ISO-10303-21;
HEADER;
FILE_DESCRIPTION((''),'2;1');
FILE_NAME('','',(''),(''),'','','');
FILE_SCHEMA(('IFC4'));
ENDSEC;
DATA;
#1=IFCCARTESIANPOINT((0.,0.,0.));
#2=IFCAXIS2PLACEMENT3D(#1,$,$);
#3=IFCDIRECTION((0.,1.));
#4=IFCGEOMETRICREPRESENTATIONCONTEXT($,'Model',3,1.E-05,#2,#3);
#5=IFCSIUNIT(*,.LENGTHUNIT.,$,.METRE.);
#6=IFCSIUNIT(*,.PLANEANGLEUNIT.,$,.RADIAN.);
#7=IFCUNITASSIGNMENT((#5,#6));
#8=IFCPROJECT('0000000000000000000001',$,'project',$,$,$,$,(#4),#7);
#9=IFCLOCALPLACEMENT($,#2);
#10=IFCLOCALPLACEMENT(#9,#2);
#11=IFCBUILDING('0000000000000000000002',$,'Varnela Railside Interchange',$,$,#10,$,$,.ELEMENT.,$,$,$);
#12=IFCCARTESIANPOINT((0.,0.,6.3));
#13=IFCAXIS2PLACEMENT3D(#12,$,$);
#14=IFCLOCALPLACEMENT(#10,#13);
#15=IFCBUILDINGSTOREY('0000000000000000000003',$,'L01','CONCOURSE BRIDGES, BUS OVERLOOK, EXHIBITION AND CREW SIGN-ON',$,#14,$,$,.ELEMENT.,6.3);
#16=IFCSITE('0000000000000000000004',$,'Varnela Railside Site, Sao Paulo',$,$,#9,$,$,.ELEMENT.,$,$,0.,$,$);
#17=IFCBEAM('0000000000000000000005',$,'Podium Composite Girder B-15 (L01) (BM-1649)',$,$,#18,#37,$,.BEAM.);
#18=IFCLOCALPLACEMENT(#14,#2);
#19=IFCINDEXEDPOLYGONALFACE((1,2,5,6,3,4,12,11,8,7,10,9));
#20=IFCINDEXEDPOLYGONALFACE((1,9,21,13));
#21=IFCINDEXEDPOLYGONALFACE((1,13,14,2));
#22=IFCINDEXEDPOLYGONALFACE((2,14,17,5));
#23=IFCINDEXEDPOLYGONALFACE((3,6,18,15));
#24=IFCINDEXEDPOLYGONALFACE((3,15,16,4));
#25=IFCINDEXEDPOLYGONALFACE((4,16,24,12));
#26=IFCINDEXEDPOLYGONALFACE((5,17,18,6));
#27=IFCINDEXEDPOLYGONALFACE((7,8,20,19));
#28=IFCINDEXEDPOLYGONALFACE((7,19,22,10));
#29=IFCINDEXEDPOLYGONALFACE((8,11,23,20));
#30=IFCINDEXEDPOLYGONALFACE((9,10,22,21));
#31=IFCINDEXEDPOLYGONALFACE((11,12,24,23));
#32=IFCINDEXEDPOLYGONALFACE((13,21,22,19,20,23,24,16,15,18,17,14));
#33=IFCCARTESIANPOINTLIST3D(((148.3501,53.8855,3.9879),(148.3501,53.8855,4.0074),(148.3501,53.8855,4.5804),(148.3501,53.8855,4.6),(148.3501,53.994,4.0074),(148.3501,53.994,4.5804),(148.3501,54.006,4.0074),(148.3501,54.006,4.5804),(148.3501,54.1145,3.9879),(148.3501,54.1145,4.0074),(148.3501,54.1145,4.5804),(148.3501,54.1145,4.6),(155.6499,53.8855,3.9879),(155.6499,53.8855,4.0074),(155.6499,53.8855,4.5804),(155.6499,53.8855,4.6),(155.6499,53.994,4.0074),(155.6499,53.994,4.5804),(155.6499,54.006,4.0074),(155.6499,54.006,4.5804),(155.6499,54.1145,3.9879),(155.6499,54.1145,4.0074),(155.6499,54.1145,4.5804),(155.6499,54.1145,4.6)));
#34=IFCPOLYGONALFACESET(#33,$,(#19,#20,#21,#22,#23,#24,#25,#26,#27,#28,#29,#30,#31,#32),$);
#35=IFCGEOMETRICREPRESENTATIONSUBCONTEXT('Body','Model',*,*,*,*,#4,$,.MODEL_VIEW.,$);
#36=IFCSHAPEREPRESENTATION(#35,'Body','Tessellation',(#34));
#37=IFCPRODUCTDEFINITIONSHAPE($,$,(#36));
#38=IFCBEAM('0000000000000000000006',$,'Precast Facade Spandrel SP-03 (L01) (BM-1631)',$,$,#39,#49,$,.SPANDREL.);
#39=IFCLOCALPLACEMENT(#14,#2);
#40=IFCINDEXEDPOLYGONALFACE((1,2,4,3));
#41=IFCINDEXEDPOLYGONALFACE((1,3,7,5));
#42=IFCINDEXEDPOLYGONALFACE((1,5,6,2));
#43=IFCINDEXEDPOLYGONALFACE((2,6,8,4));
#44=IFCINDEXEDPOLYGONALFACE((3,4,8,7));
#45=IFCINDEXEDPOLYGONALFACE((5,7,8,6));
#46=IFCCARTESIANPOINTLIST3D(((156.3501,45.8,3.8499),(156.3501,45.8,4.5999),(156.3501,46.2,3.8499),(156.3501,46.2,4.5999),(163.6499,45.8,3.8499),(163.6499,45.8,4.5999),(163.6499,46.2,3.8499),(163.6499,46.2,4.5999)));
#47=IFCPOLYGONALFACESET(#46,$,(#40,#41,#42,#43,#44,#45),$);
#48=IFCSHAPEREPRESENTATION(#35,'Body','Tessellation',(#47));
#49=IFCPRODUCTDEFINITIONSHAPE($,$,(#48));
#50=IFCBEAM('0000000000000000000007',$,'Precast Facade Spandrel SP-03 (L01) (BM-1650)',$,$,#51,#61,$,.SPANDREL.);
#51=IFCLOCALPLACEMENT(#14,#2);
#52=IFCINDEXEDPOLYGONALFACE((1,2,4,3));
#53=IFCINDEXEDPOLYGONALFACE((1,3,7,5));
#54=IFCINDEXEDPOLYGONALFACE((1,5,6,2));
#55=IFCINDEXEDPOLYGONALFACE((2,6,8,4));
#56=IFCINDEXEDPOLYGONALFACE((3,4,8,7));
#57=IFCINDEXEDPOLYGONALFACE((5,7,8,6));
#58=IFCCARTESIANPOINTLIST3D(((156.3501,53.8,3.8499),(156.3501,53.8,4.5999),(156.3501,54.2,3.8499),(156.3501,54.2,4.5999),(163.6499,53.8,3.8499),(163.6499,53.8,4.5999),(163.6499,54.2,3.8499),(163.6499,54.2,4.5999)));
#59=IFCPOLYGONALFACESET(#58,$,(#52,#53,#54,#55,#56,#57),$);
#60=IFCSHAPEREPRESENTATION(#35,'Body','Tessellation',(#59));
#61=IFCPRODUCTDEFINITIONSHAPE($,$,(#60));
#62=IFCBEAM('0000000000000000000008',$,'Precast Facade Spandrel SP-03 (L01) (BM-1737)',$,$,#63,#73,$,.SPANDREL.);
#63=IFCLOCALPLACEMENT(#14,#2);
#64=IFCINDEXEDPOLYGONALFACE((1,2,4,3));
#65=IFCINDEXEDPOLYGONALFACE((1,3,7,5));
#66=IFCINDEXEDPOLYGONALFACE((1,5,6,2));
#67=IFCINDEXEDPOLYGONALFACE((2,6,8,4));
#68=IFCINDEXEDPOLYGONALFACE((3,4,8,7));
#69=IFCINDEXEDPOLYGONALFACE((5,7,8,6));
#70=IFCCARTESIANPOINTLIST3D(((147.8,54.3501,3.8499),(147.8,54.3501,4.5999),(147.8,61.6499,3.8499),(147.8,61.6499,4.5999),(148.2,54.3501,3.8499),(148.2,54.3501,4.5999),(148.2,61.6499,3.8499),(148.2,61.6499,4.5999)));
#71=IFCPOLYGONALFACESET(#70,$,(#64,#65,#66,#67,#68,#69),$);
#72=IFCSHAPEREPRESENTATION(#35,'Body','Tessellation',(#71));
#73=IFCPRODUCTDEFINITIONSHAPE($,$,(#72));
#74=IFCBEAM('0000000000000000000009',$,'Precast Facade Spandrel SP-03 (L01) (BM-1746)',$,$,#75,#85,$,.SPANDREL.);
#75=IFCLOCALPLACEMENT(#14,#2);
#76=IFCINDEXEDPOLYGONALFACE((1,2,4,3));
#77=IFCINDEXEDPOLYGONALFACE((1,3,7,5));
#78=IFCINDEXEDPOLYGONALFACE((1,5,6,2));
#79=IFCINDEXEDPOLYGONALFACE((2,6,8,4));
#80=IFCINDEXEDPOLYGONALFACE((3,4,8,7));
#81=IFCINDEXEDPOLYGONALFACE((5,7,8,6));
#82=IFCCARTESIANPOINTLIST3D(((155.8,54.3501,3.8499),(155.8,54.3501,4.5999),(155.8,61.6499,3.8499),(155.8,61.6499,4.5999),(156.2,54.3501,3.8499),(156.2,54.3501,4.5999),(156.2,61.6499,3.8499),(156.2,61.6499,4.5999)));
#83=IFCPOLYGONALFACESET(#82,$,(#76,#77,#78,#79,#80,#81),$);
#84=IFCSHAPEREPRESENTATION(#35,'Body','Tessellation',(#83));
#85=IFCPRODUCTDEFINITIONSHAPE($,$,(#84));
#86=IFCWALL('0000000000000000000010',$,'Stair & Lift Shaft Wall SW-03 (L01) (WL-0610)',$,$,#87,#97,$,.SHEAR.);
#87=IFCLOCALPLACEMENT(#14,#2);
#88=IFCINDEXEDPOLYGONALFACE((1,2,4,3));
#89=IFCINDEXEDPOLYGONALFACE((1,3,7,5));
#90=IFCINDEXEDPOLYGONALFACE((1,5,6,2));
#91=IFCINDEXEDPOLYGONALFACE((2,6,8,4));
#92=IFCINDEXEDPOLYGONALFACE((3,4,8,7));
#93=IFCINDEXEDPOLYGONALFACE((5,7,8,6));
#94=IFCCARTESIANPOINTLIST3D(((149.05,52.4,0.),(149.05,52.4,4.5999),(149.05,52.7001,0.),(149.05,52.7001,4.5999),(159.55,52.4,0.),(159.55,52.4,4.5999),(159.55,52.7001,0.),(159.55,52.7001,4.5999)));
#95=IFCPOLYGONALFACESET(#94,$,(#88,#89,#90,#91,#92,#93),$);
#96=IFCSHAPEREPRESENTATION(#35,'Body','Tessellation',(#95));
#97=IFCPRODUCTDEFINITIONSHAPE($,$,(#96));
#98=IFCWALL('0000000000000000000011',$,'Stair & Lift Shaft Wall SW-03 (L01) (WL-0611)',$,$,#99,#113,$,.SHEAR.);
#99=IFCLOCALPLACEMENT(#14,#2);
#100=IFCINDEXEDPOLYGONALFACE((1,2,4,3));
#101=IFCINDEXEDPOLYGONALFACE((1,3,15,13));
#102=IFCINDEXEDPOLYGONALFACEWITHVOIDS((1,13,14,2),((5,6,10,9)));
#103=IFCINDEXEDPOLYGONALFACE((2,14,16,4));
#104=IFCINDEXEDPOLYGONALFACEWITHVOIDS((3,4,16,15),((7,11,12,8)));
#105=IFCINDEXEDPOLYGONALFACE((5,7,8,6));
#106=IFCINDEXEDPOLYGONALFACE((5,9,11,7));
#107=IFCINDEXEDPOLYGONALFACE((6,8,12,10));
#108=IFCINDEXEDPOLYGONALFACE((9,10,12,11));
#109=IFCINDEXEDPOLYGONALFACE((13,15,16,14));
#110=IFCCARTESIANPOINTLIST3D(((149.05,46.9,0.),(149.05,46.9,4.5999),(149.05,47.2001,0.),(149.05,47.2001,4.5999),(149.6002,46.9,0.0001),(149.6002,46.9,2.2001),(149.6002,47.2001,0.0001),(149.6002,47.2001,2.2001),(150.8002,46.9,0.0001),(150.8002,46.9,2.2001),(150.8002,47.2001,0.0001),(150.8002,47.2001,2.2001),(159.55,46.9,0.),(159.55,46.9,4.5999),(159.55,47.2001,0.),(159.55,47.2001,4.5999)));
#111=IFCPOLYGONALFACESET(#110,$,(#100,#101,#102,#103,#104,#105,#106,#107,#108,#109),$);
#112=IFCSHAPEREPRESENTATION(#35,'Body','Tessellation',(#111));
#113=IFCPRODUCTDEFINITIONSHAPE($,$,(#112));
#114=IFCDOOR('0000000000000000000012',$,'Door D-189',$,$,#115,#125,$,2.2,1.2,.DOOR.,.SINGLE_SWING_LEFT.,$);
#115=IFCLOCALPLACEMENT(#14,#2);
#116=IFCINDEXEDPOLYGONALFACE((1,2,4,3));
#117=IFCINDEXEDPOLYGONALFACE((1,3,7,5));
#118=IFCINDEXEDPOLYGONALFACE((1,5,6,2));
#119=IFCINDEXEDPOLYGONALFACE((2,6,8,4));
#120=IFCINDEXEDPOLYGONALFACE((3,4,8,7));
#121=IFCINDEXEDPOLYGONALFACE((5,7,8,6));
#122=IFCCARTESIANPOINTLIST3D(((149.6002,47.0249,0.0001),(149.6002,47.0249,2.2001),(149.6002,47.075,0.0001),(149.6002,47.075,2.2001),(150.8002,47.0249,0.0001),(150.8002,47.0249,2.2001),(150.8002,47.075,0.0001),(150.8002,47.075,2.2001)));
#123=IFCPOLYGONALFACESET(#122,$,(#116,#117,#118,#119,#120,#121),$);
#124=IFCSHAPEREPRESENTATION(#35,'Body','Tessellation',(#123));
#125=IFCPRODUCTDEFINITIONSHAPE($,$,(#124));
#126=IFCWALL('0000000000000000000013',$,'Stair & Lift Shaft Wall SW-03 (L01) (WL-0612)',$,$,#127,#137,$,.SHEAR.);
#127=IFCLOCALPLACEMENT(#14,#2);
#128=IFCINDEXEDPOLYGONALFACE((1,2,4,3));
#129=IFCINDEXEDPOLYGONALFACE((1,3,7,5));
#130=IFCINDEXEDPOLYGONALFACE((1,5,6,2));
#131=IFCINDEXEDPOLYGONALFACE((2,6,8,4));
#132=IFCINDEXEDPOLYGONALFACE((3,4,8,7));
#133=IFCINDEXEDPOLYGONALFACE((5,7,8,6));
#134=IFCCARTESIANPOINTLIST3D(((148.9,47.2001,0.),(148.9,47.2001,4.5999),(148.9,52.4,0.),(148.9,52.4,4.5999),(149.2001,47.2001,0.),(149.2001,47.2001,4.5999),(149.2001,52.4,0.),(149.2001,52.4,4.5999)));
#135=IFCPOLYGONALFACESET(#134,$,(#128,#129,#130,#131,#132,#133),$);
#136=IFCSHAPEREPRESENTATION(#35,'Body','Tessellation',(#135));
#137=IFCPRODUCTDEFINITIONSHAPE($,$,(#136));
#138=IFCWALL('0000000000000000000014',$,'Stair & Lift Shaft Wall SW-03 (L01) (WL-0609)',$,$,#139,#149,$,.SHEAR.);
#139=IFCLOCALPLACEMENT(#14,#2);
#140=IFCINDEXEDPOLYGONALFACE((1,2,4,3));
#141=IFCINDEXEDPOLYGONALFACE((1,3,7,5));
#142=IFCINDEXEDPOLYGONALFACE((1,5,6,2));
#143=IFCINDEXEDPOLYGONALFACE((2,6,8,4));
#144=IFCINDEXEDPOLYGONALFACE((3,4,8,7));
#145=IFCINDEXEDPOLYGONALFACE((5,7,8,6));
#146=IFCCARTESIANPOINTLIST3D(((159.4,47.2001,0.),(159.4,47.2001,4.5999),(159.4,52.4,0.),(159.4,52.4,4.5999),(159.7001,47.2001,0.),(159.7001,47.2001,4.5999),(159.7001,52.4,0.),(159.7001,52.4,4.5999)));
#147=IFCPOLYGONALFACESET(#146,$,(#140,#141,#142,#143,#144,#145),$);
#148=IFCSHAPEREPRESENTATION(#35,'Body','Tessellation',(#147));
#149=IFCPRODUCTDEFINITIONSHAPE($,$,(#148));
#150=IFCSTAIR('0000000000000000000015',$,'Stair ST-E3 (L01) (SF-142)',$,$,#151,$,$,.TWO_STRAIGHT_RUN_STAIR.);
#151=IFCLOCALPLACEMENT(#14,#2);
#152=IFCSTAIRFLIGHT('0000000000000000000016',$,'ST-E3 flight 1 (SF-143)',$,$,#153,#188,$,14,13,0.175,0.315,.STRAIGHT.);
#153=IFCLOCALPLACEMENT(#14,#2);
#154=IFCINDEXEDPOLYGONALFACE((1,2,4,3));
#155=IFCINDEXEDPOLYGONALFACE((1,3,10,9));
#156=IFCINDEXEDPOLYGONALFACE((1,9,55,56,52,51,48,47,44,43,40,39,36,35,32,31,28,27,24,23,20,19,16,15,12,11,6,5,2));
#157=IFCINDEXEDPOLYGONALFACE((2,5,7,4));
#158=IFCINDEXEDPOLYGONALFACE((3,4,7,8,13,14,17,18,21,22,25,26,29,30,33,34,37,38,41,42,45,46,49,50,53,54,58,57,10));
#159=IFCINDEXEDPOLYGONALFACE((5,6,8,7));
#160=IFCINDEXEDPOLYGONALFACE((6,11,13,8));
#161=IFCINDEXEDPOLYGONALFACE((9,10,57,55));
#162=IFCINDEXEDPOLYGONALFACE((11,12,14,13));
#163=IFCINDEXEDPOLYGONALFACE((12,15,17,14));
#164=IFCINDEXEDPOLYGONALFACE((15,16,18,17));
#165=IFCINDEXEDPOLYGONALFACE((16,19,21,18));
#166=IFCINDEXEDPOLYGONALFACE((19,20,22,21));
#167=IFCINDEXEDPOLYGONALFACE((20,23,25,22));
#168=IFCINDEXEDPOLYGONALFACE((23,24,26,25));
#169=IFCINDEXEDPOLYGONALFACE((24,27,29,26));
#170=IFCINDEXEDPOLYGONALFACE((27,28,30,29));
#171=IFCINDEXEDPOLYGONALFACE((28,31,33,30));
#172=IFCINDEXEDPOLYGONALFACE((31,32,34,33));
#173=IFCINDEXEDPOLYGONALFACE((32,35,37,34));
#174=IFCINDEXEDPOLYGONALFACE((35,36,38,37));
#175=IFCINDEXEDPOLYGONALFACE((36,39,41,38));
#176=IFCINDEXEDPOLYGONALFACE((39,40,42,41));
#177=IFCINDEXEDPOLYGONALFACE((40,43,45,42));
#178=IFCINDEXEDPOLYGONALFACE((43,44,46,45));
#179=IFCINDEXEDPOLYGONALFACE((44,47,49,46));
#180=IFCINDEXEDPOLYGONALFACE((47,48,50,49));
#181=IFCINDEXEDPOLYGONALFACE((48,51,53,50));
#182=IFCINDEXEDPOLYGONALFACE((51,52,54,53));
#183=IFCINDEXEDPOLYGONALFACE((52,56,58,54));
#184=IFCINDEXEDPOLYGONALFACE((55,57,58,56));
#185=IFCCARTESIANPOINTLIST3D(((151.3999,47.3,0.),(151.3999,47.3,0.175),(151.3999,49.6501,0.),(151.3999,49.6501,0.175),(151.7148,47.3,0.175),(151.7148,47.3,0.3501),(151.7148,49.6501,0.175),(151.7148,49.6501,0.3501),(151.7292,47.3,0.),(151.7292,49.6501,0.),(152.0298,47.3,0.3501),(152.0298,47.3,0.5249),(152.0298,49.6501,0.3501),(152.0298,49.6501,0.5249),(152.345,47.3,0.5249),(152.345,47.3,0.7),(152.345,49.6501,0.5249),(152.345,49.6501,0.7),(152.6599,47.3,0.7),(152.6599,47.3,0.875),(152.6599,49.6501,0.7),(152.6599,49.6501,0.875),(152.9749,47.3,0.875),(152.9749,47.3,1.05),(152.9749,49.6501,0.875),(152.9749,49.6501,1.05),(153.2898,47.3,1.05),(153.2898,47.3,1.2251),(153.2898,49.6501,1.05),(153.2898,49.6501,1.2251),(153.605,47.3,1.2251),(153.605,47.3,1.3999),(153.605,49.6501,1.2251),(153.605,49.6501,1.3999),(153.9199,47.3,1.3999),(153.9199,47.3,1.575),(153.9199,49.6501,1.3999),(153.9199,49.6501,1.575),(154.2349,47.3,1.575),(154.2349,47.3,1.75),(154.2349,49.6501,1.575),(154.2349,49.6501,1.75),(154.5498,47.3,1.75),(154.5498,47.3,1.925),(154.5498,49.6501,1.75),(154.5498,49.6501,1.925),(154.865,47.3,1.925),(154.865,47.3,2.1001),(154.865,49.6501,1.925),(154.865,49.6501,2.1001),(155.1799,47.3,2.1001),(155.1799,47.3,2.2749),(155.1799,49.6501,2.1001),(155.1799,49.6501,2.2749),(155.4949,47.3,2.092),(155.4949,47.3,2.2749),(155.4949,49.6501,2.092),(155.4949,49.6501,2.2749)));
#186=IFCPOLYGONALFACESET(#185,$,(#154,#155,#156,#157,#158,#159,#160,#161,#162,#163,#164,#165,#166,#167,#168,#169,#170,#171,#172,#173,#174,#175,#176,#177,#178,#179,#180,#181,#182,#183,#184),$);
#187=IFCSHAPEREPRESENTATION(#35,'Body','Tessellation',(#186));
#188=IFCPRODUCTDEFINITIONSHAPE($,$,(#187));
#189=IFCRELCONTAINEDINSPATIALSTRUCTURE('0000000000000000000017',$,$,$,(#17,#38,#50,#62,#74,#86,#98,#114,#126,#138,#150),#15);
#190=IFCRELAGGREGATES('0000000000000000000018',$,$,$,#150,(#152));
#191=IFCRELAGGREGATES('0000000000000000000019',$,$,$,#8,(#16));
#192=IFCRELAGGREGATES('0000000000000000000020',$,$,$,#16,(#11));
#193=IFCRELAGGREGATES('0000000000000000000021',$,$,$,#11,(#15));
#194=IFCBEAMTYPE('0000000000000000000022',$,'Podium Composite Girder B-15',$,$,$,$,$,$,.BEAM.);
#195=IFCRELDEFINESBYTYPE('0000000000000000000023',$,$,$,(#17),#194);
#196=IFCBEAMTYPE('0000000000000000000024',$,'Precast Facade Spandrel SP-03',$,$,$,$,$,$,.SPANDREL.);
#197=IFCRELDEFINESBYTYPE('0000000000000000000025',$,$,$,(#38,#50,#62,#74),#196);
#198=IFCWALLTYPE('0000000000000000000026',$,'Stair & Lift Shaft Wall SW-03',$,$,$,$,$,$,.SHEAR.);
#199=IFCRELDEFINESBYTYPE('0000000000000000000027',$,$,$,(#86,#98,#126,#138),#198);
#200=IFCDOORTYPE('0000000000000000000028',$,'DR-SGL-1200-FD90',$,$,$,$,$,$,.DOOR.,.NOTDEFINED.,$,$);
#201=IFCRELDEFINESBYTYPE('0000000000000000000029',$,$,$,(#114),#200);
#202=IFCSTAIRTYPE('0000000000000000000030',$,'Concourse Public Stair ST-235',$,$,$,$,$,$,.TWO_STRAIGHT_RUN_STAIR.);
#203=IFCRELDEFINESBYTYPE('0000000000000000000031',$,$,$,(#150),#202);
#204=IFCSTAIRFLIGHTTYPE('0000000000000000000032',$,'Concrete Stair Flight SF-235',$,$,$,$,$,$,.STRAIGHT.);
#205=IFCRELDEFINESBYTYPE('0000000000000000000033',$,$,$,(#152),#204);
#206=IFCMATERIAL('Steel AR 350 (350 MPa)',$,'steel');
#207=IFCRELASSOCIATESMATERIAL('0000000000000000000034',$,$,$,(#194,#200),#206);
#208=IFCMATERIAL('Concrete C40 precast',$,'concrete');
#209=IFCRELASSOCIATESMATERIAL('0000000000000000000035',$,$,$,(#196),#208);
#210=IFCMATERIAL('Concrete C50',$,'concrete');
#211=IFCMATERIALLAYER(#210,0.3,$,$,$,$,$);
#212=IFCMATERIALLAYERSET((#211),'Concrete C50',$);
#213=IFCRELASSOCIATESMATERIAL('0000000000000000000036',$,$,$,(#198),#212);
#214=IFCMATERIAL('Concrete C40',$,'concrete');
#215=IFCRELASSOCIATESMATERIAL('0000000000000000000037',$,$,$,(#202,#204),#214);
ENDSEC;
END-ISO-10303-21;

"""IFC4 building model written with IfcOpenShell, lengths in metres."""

from ifc_helpers import new_model, si_unit, direction, frame, frame_2d, origin, origin_2d, place, context, subcontext, project, spatial, polyline, rectangle, i_section, outline, extrude, material, layer, layer_set, material_profile, profile_set, type_object, element, fill, aggregate, save


model = new_model("IFC4")

# Units and contexts
model_context = context("Model", 3, precision=1e-05, world=origin(), true_north=direction((0.0, 1.0)))
body_context = subcontext(model_context, "Body", "Model", "MODEL_VIEW")
ifc_project = project(units=[si_unit("LENGTHUNIT", "METRE"), si_unit("PLANEANGLEUNIT", "RADIAN")], contexts=[model_context])

# Site, building, storey
site_placement = place(None, origin())
site = spatial("IfcSite", under=ifc_project, at=site_placement, Name="Varnela Railside Site, Sao Paulo", CompositionType="ELEMENT", RefElevation=0.0)
building_placement = place(site_placement, origin())
building = spatial("IfcBuilding", under=site, at=building_placement, Name="Varnela Railside Interchange", CompositionType="ELEMENT")
storey_placement = place(building_placement, frame((0.0, 0.0, 6.3)))
storey = spatial("IfcBuildingStorey", under=building, at=storey_placement, Name="L01", Description="CONCOURSE BRIDGES, BUS OVERLOOK, EXHIBITION AND CREW SIGN-ON", CompositionType="ELEMENT", Elevation=6.3)

# Shared definitions
ifc_material_1 = material(Name="Concrete C50", Category="concrete")

# Beams
ifc_material_2 = material(Name="Steel AR 350 (350 MPa)", Category="steel")
ifc_material_3 = material(Name="Concrete C40", Category="concrete")
ifc_material_profile_1 = material_profile(ifc_material_2, i_section(OverallWidth=0.229, OverallDepth=0.6121, WebThickness=0.012, FlangeThickness=0.0195, at=origin_2d()), Name="W610x125")
ifc_profile_set_1 = profile_set([ifc_material_profile_1], Name="Steel AR 350 (350 MPa)")
beam_type_1 = type_object("IfcBeamType", Name="Podium Composite Girder B-15", PredefinedType="BEAM", material=ifc_profile_set_1)
for number, where, z_axis, x_axis, name in (
    (1, (148.3501, 54.0, 4.2939), (1.0, 0.0, 0.0), (0.0, 1.0, 0.0), "Podium Composite Girder B-15 (L01) (BM-1649)"),
):
    element("IfcBeam", number, at=place(storey_placement, frame(where, z_axis=z_axis, x_axis=x_axis)), inside=storey, type_object=beam_type_1, Name=name, PredefinedType="BEAM", context=body_context, shape_type="SweptSolid", body=[
        extrude(i_section(OverallWidth=0.229, OverallDepth=0.6121, WebThickness=0.012, FlangeThickness=0.0195, at=origin_2d()), origin(), (0.0, 0.0, 1.0), 7.2998),
    ])
ifc_material_4 = material(Name="Concrete C40 precast", Category="concrete")
ifc_material_profile_2 = material_profile(ifc_material_4, rectangle(XDim=0.3999, YDim=0.75, at=origin_2d()), Name="PC 400x750")
ifc_profile_set_2 = profile_set([ifc_material_profile_2], Name="Concrete C40 precast")
beam_type_2 = type_object("IfcBeamType", Name="Precast Facade Spandrel SP-03", PredefinedType="SPANDREL", material=ifc_profile_set_2)
for number, where, z_axis, x_axis, name in (
    (2, (156.3501, 46.0, 4.2249), (1.0, 0.0, 0.0), (0.0, 1.0, 0.0), "Precast Facade Spandrel SP-03 (L01) (BM-1631)"),
    (3, (156.3501, 54.0, 4.2249), (1.0, 0.0, 0.0), (0.0, 1.0, 0.0), "Precast Facade Spandrel SP-03 (L01) (BM-1650)"),
    (4, (148.0, 54.3501, 4.2249), (0.0, 1.0, 0.0), (-1.0, 0.0, 0.0), "Precast Facade Spandrel SP-03 (L01) (BM-1737)"),
    (5, (156.0, 54.3501, 4.2249), (0.0, 1.0, 0.0), (-1.0, 0.0, 0.0), "Precast Facade Spandrel SP-03 (L01) (BM-1746)"),
):
    element("IfcBeam", number, at=place(storey_placement, frame(where, z_axis=z_axis, x_axis=x_axis)), inside=storey, type_object=beam_type_2, Name=name, PredefinedType="SPANDREL", context=body_context, shape_type="SweptSolid", body=[
        extrude(rectangle(XDim=0.3999, YDim=0.75, at=origin_2d()), origin(), (0.0, 0.0, 1.0), 7.2998),
    ])

# Wall
ifc_layer = layer(ifc_material_1, 0.3)
ifc_layer_set = layer_set([ifc_layer], Name="Concrete C50")
wall_type = type_object("IfcWallType", Name="Stair & Lift Shaft Wall SW-03", PredefinedType="SHEAR", material=ifc_layer_set)
wall_1_placement = place(storey_placement, frame((149.05, 52.55, 0.0), z_axis=(0.0, 0.0, 1.0), x_axis=(1.0, 0.0, 0.0)))
element("IfcWall", 6, at=wall_1_placement, inside=storey, type_object=wall_type, Name="Stair & Lift Shaft Wall SW-03 (L01) (WL-0610)", PredefinedType="SHEAR", context=body_context, shape_type="SweptSolid", body=[
    extrude(rectangle(XDim=10.5, YDim=0.3, at=frame_2d((5.25, 0.0))), origin(), (0.0, 0.0, 1.0), 4.5999),
])

# Wall, opening, door
wall_2_placement = place(storey_placement, frame((149.05, 47.05, 0.0), z_axis=(0.0, 0.0, 1.0), x_axis=(1.0, 0.0, 0.0)))
wall_2 = element("IfcWall", 7, at=wall_2_placement, inside=storey, type_object=wall_type, Name="Stair & Lift Shaft Wall SW-03 (L01) (WL-0611)", PredefinedType="SHEAR", context=body_context, shape_type="SweptSolid", body=[
    extrude(rectangle(XDim=10.5, YDim=0.3, at=frame_2d((5.25, 0.0))), origin(), (0.0, 0.0, 1.0), 4.5999),
])
opening_placement = place(wall_2_placement, frame((0.55, 0.0, 0.0)))
opening = element("IfcOpeningElement", 8, at=opening_placement, cuts=wall_2, PredefinedType="OPENING", context=body_context, shape_type="SweptSolid", body=[
    extrude(rectangle(XDim=1.2, YDim=2.2, at=frame_2d((0.6001, 1.1001))), frame((0.0, 0.1599, 0.0), z_axis=(0.0, -1.0, 0.0), x_axis=(1.0, 0.0, 0.0)), (0.0, 0.0, 1.0), 0.3201),
])
door_type = type_object("IfcDoorType", Name="DR-SGL-1200-FD90", OperationType="NOTDEFINED", PredefinedType="DOOR", material=ifc_material_2)
door_placement = place(opening_placement, origin())
door = element("IfcDoor", 9, at=door_placement, inside=storey, type_object=door_type, Name="Door D-189", OperationType="SINGLE_SWING_LEFT", OverallHeight=2.2, OverallWidth=1.2, PredefinedType="DOOR", context=body_context, shape_type="SweptSolid", body=[
    extrude(rectangle(XDim=1.2, YDim=2.2, at=frame_2d((0.6001, 1.1001))), frame((0.0, 0.0249, 0.0), z_axis=(0.0, -1.0, 0.0), x_axis=(1.0, 0.0, 0.0)), (0.0, 0.0, 1.0), 0.05),
])
fill(opening, door)

# Walls
for number, where, z_axis, x_axis, name in (
    (10, (149.05, 47.2, 0.0), (0.0, 0.0, 1.0), (0.0, 1.0, 0.0), "Stair & Lift Shaft Wall SW-03 (L01) (WL-0612)"),
    (11, (159.55, 47.2, 0.0), (0.0, 0.0, 1.0), (0.0, 1.0, 0.0), "Stair & Lift Shaft Wall SW-03 (L01) (WL-0609)"),
):
    element("IfcWall", number, at=place(storey_placement, frame(where, z_axis=z_axis, x_axis=x_axis)), inside=storey, type_object=wall_type, Name=name, PredefinedType="SHEAR", context=body_context, shape_type="SweptSolid", body=[
        extrude(rectangle(XDim=5.2, YDim=0.3, at=frame_2d((2.6001, 0.0))), origin(), (0.0, 0.0, 1.0), 4.5999),
    ])

# Stair, stair flight
stair_type = type_object("IfcStairType", Name="Concourse Public Stair ST-235", PredefinedType="TWO_STRAIGHT_RUN_STAIR", material=ifc_material_3)
stair_placement = place(storey_placement, origin())
stair = element("IfcStair", 12, at=stair_placement, inside=storey, type_object=stair_type, Name="Stair ST-E3 (L01) (SF-142)", PredefinedType="TWO_STRAIGHT_RUN_STAIR")
stair_flight_type = type_object("IfcStairFlightType", Name="Concrete Stair Flight SF-235", PredefinedType="STRAIGHT", material=ifc_material_3)
stair_flight_1_placement = place(storey_placement, frame((151.3999, 48.4751, 0.0), z_axis=(0.0, 0.0, 1.0), x_axis=(1.0, 0.0, 0.0)))
stair_flight_1 = element("IfcStairFlight", 13, at=stair_flight_1_placement, type_object=stair_flight_type, Name="ST-E3 flight 1 (SF-143)", NumberOfRisers=14, NumberOfTreads=13, PredefinedType="STRAIGHT", RiserHeight=0.175, TreadLength=0.315, context=body_context, shape_type="SweptSolid", body=[
    extrude(outline(polyline([(0.0, 0.0), (0.0, 0.175), (0.3149, 0.175), (0.3149, 0.3501), (0.6299, 0.3501), (0.6299, 0.5249), (0.9451, 0.5249), (0.9451, 0.7), (1.26, 0.7), (1.26, 0.875), (1.575, 0.875), (1.575, 1.05), (1.8899, 1.05), (1.8899, 1.2251), (2.2051, 1.2251), (2.2051, 1.3999), (2.52, 1.3999), (2.52, 1.575), (2.835, 1.575), (2.835, 1.75), (3.1499, 1.75), (3.1499, 1.925), (3.4651, 1.925), (3.4651, 2.1001), (3.78, 2.1001), (3.78, 2.2749), (4.095, 2.2749), (4.095, 2.45), (4.095, 2.092), (0.3293, 0.0), (0.0, 0.0)])), frame((0.0, 1.175, 0.0), z_axis=(0.0, -1.0, 0.0), x_axis=(1.0, 0.0, 0.0)), (0.0, 0.0, 1.0), 2.3501),
])
aggregate(stair, [stair_flight_1])

save(model, "model.ifc")
